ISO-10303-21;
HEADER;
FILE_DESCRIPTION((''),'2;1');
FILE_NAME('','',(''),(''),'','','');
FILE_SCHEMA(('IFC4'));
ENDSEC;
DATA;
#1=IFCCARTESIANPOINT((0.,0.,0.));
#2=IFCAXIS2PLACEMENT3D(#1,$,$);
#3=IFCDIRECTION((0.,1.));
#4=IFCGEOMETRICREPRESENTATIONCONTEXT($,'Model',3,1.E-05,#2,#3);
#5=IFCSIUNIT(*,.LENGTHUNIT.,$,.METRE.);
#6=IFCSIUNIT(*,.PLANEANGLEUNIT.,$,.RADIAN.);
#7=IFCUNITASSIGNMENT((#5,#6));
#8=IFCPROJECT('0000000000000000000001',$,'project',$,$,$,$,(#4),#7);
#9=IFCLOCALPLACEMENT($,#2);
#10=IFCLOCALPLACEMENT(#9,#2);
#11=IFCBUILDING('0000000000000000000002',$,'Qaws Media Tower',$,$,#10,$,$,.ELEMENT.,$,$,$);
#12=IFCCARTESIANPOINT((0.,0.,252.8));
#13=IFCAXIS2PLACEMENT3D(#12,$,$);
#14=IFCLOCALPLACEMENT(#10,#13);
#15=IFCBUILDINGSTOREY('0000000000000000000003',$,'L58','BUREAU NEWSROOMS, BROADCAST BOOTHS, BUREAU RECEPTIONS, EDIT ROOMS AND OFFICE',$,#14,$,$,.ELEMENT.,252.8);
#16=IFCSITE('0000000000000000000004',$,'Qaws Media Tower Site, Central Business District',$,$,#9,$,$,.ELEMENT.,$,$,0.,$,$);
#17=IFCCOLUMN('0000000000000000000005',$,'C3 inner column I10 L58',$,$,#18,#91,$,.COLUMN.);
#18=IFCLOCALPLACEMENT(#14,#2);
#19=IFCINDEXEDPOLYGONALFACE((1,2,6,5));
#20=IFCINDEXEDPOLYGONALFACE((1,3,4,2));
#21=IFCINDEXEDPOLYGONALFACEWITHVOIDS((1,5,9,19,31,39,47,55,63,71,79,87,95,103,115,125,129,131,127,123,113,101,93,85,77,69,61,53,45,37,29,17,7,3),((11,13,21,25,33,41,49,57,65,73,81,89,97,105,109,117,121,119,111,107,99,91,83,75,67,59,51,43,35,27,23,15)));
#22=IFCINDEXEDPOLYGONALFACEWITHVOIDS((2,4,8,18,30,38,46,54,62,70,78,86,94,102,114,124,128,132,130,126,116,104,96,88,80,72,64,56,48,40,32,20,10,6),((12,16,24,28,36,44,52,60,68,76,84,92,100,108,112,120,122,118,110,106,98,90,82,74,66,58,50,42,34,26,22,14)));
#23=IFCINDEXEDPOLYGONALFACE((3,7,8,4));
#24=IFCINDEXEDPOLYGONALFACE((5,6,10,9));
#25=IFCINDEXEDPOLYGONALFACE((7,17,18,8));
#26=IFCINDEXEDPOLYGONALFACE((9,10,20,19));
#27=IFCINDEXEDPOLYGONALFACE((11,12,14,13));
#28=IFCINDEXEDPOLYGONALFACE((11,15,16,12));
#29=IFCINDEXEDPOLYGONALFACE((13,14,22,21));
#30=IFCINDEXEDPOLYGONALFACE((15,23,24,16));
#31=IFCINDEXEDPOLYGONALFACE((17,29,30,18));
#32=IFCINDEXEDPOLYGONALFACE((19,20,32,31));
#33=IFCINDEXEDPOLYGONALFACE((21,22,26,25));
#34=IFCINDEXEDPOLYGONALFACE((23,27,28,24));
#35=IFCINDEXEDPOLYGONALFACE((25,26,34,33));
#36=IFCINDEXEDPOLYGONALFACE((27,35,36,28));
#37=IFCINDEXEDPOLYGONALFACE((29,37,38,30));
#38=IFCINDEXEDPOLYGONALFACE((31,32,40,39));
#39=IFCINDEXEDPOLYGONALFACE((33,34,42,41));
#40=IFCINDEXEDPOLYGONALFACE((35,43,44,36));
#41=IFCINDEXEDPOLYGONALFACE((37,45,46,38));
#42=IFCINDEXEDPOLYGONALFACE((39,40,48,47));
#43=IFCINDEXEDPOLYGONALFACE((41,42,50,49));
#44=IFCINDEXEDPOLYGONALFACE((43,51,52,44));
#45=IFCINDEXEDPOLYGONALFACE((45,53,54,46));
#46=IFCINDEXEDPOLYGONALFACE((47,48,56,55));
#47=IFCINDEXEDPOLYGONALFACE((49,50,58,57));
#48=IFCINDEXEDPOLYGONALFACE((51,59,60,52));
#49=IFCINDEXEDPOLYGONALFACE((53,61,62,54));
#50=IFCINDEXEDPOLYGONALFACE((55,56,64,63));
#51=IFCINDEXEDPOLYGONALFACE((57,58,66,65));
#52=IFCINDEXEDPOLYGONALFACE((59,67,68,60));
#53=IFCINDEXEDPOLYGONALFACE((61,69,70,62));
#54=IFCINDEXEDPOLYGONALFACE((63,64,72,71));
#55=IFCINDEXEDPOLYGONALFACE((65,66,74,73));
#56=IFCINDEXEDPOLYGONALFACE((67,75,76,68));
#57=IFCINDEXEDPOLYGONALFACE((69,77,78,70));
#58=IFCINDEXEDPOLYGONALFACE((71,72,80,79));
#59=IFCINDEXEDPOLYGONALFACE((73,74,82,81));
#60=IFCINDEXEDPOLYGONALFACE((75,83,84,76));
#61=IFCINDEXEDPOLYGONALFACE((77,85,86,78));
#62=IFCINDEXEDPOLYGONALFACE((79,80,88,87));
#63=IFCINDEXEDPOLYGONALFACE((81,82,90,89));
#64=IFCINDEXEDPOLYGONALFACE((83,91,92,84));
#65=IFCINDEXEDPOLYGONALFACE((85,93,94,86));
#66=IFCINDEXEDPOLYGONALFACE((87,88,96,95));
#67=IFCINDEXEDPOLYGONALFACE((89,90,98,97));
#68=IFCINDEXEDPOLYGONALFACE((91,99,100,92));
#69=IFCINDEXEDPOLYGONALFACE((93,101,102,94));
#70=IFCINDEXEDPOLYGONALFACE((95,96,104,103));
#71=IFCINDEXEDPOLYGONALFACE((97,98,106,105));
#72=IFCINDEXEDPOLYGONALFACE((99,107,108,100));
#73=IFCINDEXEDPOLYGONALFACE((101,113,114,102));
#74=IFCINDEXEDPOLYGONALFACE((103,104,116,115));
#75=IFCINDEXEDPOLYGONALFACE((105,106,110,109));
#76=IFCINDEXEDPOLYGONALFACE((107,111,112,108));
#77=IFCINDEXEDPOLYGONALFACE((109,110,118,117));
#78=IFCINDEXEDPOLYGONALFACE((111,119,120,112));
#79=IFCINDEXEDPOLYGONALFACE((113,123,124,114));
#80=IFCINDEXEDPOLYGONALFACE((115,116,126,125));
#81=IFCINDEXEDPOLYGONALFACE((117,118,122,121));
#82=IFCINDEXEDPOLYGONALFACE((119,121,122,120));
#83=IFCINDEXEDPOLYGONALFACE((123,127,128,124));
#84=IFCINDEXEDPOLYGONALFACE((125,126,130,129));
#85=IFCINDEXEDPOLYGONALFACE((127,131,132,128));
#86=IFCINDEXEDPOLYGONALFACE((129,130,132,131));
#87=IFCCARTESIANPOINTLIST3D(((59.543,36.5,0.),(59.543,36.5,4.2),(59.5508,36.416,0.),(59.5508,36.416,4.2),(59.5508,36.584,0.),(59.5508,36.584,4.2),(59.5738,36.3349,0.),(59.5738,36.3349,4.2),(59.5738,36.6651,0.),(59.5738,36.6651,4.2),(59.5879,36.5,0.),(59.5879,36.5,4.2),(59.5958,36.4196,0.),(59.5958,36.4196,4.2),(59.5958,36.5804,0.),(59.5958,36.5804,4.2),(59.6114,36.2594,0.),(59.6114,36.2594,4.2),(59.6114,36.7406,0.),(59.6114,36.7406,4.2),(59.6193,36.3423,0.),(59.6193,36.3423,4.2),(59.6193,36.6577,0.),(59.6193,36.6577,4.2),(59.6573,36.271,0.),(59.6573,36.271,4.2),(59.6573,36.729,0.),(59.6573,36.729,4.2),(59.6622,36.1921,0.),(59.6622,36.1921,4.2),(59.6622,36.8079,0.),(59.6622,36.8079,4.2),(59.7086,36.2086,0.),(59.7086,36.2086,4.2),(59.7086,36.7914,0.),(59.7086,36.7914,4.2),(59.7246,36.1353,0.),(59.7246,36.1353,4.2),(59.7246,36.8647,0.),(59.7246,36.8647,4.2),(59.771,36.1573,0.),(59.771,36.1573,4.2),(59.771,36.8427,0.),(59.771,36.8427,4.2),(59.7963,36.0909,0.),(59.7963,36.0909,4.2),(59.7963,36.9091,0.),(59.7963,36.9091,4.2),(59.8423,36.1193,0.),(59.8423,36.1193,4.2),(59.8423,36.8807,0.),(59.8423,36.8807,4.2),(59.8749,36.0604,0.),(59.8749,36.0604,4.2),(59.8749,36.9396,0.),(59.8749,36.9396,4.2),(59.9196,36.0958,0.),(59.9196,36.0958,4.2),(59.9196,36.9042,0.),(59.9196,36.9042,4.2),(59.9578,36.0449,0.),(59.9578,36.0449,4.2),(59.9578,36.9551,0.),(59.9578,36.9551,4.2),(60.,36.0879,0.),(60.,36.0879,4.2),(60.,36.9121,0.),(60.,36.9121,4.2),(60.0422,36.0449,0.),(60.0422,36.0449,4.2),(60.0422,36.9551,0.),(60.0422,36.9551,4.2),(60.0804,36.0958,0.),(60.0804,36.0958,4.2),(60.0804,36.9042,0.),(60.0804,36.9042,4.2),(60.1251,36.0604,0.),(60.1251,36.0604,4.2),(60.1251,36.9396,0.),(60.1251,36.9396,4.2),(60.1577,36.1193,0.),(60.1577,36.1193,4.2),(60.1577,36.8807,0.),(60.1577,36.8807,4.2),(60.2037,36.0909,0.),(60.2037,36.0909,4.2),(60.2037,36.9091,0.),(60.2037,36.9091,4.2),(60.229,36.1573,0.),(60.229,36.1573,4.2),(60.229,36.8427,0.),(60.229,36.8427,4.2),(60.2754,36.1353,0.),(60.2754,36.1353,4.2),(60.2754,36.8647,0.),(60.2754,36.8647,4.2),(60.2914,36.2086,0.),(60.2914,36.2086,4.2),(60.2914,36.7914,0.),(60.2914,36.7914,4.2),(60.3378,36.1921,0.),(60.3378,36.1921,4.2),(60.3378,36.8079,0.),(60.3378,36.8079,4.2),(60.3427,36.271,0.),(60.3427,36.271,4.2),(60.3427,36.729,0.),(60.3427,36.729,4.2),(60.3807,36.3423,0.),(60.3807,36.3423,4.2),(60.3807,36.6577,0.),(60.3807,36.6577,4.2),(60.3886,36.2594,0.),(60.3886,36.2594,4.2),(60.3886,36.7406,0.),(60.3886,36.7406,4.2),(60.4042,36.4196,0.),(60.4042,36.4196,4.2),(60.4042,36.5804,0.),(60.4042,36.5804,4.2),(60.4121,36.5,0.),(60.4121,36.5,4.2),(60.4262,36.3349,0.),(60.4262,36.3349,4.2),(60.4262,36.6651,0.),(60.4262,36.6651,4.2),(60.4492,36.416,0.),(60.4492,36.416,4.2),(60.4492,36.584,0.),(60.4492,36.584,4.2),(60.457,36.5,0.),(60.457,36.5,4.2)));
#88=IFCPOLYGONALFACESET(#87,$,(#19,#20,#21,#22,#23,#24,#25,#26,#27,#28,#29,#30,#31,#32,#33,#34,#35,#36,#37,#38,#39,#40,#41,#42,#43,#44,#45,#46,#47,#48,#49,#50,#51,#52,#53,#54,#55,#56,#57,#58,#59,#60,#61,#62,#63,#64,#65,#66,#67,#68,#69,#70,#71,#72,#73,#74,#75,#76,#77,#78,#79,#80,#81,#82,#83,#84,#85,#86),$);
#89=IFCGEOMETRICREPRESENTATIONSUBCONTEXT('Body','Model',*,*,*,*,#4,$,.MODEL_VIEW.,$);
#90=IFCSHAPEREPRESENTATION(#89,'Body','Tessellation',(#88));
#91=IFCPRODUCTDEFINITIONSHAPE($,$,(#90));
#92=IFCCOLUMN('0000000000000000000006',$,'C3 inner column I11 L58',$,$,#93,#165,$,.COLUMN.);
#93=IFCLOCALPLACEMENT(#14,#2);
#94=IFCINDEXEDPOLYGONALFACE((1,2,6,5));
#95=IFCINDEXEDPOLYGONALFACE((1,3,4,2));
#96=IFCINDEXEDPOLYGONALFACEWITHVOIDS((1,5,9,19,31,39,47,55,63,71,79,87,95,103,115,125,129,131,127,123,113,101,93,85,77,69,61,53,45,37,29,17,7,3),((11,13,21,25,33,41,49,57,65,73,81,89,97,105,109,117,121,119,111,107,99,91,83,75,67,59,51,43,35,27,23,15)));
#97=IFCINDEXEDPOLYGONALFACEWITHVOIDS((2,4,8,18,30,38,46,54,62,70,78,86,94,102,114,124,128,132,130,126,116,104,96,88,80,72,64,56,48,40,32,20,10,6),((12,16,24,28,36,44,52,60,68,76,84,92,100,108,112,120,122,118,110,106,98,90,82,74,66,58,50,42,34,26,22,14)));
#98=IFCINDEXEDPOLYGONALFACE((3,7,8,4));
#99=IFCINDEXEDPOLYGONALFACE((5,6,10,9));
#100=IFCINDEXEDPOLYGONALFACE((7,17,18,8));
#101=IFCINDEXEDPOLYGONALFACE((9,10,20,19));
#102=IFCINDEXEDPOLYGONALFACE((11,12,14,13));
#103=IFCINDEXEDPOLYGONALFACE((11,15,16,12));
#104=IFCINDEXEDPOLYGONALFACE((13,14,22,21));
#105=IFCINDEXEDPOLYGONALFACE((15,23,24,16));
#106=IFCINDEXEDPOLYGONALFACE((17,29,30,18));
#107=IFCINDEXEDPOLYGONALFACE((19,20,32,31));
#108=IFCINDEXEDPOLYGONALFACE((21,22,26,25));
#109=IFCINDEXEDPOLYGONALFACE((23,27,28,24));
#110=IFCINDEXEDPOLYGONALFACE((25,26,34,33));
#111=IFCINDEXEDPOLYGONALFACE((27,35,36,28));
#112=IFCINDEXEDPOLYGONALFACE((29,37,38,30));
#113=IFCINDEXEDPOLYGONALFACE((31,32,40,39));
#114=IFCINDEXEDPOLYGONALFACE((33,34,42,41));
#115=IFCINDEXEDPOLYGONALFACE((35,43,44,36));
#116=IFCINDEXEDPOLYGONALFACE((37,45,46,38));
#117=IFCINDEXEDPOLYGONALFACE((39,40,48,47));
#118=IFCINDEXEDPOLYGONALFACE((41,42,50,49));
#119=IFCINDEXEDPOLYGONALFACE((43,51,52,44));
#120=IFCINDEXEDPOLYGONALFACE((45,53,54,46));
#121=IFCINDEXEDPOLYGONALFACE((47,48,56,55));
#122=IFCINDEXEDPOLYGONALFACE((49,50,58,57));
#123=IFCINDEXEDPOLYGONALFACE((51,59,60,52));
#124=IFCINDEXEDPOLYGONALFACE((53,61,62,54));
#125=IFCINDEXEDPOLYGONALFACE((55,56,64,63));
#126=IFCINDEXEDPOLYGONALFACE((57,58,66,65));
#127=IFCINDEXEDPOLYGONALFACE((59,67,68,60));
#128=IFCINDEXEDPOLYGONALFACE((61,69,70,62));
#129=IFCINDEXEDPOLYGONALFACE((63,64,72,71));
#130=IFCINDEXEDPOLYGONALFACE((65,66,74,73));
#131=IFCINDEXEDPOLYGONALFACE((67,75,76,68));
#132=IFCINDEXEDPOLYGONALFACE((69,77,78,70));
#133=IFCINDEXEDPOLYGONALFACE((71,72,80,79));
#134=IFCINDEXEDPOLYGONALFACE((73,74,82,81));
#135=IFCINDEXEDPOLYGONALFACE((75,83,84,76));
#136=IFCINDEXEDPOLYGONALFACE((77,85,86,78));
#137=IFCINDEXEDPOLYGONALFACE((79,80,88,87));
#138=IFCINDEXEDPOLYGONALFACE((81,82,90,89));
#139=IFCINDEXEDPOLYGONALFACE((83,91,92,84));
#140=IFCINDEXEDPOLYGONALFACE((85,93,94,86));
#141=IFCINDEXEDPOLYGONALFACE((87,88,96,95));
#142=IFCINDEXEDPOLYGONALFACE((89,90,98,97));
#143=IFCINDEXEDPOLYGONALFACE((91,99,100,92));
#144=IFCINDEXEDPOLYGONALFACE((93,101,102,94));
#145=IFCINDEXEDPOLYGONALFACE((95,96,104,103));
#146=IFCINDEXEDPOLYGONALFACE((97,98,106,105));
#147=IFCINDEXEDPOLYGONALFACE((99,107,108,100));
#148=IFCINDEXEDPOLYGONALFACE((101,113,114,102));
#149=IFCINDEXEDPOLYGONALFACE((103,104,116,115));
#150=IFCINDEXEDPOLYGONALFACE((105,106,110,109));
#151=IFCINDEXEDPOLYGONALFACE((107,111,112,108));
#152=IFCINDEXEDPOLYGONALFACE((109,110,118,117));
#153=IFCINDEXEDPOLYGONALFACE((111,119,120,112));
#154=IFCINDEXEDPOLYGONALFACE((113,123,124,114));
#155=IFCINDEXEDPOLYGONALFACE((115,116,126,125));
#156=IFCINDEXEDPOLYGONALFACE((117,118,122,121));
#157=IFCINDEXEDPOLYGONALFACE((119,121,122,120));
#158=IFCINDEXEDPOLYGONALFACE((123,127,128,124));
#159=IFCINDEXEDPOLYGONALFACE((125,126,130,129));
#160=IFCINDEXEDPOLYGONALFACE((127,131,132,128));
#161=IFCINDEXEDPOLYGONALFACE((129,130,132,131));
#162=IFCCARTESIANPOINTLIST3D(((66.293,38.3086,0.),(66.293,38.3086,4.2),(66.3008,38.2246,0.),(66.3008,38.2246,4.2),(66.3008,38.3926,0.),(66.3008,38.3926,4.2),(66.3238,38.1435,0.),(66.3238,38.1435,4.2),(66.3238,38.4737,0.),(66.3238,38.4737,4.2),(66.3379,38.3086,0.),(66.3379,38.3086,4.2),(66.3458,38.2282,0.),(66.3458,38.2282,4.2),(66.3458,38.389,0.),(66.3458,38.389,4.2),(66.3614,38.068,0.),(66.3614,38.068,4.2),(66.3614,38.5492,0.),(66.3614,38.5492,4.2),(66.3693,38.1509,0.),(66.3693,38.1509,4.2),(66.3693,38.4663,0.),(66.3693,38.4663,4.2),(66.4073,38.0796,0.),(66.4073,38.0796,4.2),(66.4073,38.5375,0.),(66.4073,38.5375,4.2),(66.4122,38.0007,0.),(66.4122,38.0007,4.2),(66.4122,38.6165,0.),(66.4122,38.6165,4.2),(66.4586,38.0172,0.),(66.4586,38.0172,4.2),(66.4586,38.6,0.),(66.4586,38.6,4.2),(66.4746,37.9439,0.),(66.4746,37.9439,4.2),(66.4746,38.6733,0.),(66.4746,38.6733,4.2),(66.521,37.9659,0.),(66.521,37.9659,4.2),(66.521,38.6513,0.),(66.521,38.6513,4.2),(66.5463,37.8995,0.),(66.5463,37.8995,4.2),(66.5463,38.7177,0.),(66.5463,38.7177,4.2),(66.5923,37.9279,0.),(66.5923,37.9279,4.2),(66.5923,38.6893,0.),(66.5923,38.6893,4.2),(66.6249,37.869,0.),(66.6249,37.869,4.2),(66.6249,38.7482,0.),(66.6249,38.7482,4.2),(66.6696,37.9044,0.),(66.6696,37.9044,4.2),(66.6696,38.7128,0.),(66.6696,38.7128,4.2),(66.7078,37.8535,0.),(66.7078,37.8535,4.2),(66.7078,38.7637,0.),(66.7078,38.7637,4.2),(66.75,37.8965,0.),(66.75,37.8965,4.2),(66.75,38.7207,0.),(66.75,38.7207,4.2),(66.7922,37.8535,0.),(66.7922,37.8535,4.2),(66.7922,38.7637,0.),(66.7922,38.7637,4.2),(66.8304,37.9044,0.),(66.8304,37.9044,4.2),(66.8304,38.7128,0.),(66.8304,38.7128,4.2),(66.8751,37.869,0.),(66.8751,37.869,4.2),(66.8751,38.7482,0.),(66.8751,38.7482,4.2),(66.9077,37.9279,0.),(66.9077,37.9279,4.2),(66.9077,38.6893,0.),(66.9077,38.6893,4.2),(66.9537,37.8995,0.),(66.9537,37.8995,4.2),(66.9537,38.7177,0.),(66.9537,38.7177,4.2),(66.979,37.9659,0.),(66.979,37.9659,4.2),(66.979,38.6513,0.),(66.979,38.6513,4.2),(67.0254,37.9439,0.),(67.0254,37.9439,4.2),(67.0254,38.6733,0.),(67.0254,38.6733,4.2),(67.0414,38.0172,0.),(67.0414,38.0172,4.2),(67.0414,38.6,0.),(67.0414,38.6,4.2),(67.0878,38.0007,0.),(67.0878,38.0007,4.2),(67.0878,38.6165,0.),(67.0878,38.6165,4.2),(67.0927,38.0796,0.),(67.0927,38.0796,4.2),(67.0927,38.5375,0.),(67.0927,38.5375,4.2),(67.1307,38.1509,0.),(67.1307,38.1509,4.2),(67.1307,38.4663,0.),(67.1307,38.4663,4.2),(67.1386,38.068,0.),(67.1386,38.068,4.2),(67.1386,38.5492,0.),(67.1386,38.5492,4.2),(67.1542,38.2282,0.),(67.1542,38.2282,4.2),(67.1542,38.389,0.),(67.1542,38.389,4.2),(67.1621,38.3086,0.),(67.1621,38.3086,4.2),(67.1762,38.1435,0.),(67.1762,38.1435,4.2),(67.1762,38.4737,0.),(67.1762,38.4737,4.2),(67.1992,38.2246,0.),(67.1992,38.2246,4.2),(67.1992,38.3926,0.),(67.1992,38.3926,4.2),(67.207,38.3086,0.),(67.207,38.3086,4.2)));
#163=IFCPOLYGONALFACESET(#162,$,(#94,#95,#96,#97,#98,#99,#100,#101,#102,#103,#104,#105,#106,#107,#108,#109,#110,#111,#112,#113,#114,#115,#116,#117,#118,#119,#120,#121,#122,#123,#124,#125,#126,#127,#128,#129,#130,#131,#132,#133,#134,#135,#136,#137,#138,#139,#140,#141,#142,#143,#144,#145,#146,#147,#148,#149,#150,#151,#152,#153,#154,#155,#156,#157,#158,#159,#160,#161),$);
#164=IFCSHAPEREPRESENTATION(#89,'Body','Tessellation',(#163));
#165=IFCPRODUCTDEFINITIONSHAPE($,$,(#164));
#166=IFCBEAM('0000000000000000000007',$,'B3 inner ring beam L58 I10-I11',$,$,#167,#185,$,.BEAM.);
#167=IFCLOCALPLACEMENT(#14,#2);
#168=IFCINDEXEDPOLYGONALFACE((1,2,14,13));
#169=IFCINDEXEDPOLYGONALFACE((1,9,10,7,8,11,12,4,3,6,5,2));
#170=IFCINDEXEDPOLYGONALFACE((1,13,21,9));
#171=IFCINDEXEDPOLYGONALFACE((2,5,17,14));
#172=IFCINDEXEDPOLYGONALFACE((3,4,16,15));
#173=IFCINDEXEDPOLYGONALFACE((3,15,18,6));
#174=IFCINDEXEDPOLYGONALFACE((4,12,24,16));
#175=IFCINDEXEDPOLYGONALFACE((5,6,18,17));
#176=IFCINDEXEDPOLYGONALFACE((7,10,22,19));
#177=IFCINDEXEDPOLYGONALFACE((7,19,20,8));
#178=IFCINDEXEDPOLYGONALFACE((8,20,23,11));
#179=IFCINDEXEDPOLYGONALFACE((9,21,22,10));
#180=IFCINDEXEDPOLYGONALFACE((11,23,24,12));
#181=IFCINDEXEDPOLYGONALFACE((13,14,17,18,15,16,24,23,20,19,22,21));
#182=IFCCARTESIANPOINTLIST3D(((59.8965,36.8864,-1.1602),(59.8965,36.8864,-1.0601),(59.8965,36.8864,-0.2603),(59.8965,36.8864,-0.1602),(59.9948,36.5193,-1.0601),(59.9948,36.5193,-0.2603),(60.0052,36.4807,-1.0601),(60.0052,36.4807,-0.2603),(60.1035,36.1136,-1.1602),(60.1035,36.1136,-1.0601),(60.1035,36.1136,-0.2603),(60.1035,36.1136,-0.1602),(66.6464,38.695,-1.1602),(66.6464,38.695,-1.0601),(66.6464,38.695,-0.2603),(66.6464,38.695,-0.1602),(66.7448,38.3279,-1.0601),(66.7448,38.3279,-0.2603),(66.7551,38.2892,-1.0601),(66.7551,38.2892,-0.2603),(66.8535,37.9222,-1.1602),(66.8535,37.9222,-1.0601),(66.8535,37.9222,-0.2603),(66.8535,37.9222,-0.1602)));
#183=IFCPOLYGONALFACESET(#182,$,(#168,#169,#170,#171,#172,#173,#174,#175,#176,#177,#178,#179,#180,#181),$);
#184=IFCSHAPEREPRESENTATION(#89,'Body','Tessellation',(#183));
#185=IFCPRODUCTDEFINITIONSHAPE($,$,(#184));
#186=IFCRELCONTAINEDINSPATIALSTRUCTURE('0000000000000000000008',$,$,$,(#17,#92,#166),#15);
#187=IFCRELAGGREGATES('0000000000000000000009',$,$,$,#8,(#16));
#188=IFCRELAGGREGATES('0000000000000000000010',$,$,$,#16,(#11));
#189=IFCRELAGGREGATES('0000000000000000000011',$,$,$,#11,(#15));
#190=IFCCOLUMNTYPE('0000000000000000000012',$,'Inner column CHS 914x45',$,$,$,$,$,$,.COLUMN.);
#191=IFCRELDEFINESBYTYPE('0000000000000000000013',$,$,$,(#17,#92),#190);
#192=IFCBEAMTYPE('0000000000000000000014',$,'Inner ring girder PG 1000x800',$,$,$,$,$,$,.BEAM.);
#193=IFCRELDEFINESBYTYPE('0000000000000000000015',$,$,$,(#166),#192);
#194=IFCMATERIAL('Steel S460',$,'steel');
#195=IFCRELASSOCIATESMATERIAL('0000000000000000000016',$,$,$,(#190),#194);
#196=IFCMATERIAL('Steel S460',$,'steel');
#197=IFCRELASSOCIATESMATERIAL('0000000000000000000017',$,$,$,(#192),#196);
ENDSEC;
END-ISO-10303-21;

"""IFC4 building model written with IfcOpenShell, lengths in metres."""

from ifc_helpers import new_model, si_unit, direction, frame, origin, origin_2d, place, context, subcontext, project, spatial, hollow_circle, i_section, extrude, material, material_profile, profile_set, type_object, element, save


model = new_model("IFC4")

# Units and contexts
model_context = context("Model", 3, precision=1e-05, world=origin(), true_north=direction((0.0, 1.0)))
body_context = subcontext(model_context, "Body", "Model", "MODEL_VIEW")
ifc_project = project(units=[si_unit("LENGTHUNIT", "METRE"), si_unit("PLANEANGLEUNIT", "RADIAN")], contexts=[model_context])

# Site, building, storey
site_placement = place(None, origin())
site = spatial("IfcSite", under=ifc_project, at=site_placement, Name="Qaws Media Tower Site, Central Business District", CompositionType="ELEMENT", RefElevation=0.0)
building_placement = place(site_placement, origin())
building = spatial("IfcBuilding", under=site, at=building_placement, Name="Qaws Media Tower", CompositionType="ELEMENT")
storey_placement = place(building_placement, frame((0.0, 0.0, 252.8)))
storey = spatial("IfcBuildingStorey", under=building, at=storey_placement, Name="L58", Description="BUREAU NEWSROOMS, BROADCAST BOOTHS, BUREAU RECEPTIONS, EDIT ROOMS AND OFFICE", CompositionType="ELEMENT", Elevation=252.8)

# Columns
ifc_material_1 = material(Name="Steel S460", Category="steel")
ifc_material_profile_1 = material_profile(ifc_material_1, hollow_circle(Radius=0.457, WallThickness=0.0449, at=origin_2d()), Name="CHS 914x45")
ifc_profile_set_1 = profile_set([ifc_material_profile_1], Name="Steel S460")
column_type = type_object("IfcColumnType", Name="Inner column CHS 914x45", PredefinedType="COLUMN", material=ifc_profile_set_1)
for number, where, z_axis, x_axis, name in (
    (1, (60.0, 36.5, 0.0), (0.0, 0.0, 1.0), (1.0, 0.0, 0.0), "C3 inner column I10 L58"),
    (2, (66.75, 38.3086, 0.0), (0.0, 0.0, 1.0), (1.0, 0.0, 0.0), "C3 inner column I11 L58"),
):
    element("IfcColumn", number, at=place(storey_placement, frame(where, z_axis=z_axis, x_axis=x_axis)), inside=storey, type_object=column_type, Name=name, PredefinedType="COLUMN", context=body_context, shape_type="SweptSolid", body=[
        extrude(hollow_circle(Radius=0.457, WallThickness=0.0449, at=origin_2d()), origin(), (0.0, 0.0, 1.0), 4.2),
    ])

# Beam
ifc_material_2 = material(Name="Steel S460", Category="steel")
ifc_material_profile_2 = material_profile(ifc_material_2, i_section(OverallWidth=0.8, OverallDepth=1.0, WebThickness=0.04, FlangeThickness=0.1001, at=origin_2d()), Name="PG 1000x800")
ifc_profile_set_2 = profile_set([ifc_material_profile_2], Name="Steel S460")
beam_type_1 = type_object("IfcBeamType", Name="Inner ring girder PG 1000x800", PredefinedType="BEAM", material=ifc_profile_set_2)
beam_1_placement = place(storey_placement, frame((60.0, 36.5, -0.6602), z_axis=(0.965928, 0.258811, 0.0), x_axis=(-0.258811, 0.965928, 0.0)))
element("IfcBeam", 3, at=beam_1_placement, inside=storey, type_object=beam_type_1, Name="B3 inner ring beam L58 I10-I11", PredefinedType="BEAM", context=body_context, shape_type="SweptSolid", body=[
    extrude(i_section(OverallWidth=0.8, OverallDepth=1.0, WebThickness=0.04, FlangeThickness=0.1001, at=origin_2d()), origin(), (0.0, 0.0, 1.0), 6.988),
])

save(model, "model.ifc")
